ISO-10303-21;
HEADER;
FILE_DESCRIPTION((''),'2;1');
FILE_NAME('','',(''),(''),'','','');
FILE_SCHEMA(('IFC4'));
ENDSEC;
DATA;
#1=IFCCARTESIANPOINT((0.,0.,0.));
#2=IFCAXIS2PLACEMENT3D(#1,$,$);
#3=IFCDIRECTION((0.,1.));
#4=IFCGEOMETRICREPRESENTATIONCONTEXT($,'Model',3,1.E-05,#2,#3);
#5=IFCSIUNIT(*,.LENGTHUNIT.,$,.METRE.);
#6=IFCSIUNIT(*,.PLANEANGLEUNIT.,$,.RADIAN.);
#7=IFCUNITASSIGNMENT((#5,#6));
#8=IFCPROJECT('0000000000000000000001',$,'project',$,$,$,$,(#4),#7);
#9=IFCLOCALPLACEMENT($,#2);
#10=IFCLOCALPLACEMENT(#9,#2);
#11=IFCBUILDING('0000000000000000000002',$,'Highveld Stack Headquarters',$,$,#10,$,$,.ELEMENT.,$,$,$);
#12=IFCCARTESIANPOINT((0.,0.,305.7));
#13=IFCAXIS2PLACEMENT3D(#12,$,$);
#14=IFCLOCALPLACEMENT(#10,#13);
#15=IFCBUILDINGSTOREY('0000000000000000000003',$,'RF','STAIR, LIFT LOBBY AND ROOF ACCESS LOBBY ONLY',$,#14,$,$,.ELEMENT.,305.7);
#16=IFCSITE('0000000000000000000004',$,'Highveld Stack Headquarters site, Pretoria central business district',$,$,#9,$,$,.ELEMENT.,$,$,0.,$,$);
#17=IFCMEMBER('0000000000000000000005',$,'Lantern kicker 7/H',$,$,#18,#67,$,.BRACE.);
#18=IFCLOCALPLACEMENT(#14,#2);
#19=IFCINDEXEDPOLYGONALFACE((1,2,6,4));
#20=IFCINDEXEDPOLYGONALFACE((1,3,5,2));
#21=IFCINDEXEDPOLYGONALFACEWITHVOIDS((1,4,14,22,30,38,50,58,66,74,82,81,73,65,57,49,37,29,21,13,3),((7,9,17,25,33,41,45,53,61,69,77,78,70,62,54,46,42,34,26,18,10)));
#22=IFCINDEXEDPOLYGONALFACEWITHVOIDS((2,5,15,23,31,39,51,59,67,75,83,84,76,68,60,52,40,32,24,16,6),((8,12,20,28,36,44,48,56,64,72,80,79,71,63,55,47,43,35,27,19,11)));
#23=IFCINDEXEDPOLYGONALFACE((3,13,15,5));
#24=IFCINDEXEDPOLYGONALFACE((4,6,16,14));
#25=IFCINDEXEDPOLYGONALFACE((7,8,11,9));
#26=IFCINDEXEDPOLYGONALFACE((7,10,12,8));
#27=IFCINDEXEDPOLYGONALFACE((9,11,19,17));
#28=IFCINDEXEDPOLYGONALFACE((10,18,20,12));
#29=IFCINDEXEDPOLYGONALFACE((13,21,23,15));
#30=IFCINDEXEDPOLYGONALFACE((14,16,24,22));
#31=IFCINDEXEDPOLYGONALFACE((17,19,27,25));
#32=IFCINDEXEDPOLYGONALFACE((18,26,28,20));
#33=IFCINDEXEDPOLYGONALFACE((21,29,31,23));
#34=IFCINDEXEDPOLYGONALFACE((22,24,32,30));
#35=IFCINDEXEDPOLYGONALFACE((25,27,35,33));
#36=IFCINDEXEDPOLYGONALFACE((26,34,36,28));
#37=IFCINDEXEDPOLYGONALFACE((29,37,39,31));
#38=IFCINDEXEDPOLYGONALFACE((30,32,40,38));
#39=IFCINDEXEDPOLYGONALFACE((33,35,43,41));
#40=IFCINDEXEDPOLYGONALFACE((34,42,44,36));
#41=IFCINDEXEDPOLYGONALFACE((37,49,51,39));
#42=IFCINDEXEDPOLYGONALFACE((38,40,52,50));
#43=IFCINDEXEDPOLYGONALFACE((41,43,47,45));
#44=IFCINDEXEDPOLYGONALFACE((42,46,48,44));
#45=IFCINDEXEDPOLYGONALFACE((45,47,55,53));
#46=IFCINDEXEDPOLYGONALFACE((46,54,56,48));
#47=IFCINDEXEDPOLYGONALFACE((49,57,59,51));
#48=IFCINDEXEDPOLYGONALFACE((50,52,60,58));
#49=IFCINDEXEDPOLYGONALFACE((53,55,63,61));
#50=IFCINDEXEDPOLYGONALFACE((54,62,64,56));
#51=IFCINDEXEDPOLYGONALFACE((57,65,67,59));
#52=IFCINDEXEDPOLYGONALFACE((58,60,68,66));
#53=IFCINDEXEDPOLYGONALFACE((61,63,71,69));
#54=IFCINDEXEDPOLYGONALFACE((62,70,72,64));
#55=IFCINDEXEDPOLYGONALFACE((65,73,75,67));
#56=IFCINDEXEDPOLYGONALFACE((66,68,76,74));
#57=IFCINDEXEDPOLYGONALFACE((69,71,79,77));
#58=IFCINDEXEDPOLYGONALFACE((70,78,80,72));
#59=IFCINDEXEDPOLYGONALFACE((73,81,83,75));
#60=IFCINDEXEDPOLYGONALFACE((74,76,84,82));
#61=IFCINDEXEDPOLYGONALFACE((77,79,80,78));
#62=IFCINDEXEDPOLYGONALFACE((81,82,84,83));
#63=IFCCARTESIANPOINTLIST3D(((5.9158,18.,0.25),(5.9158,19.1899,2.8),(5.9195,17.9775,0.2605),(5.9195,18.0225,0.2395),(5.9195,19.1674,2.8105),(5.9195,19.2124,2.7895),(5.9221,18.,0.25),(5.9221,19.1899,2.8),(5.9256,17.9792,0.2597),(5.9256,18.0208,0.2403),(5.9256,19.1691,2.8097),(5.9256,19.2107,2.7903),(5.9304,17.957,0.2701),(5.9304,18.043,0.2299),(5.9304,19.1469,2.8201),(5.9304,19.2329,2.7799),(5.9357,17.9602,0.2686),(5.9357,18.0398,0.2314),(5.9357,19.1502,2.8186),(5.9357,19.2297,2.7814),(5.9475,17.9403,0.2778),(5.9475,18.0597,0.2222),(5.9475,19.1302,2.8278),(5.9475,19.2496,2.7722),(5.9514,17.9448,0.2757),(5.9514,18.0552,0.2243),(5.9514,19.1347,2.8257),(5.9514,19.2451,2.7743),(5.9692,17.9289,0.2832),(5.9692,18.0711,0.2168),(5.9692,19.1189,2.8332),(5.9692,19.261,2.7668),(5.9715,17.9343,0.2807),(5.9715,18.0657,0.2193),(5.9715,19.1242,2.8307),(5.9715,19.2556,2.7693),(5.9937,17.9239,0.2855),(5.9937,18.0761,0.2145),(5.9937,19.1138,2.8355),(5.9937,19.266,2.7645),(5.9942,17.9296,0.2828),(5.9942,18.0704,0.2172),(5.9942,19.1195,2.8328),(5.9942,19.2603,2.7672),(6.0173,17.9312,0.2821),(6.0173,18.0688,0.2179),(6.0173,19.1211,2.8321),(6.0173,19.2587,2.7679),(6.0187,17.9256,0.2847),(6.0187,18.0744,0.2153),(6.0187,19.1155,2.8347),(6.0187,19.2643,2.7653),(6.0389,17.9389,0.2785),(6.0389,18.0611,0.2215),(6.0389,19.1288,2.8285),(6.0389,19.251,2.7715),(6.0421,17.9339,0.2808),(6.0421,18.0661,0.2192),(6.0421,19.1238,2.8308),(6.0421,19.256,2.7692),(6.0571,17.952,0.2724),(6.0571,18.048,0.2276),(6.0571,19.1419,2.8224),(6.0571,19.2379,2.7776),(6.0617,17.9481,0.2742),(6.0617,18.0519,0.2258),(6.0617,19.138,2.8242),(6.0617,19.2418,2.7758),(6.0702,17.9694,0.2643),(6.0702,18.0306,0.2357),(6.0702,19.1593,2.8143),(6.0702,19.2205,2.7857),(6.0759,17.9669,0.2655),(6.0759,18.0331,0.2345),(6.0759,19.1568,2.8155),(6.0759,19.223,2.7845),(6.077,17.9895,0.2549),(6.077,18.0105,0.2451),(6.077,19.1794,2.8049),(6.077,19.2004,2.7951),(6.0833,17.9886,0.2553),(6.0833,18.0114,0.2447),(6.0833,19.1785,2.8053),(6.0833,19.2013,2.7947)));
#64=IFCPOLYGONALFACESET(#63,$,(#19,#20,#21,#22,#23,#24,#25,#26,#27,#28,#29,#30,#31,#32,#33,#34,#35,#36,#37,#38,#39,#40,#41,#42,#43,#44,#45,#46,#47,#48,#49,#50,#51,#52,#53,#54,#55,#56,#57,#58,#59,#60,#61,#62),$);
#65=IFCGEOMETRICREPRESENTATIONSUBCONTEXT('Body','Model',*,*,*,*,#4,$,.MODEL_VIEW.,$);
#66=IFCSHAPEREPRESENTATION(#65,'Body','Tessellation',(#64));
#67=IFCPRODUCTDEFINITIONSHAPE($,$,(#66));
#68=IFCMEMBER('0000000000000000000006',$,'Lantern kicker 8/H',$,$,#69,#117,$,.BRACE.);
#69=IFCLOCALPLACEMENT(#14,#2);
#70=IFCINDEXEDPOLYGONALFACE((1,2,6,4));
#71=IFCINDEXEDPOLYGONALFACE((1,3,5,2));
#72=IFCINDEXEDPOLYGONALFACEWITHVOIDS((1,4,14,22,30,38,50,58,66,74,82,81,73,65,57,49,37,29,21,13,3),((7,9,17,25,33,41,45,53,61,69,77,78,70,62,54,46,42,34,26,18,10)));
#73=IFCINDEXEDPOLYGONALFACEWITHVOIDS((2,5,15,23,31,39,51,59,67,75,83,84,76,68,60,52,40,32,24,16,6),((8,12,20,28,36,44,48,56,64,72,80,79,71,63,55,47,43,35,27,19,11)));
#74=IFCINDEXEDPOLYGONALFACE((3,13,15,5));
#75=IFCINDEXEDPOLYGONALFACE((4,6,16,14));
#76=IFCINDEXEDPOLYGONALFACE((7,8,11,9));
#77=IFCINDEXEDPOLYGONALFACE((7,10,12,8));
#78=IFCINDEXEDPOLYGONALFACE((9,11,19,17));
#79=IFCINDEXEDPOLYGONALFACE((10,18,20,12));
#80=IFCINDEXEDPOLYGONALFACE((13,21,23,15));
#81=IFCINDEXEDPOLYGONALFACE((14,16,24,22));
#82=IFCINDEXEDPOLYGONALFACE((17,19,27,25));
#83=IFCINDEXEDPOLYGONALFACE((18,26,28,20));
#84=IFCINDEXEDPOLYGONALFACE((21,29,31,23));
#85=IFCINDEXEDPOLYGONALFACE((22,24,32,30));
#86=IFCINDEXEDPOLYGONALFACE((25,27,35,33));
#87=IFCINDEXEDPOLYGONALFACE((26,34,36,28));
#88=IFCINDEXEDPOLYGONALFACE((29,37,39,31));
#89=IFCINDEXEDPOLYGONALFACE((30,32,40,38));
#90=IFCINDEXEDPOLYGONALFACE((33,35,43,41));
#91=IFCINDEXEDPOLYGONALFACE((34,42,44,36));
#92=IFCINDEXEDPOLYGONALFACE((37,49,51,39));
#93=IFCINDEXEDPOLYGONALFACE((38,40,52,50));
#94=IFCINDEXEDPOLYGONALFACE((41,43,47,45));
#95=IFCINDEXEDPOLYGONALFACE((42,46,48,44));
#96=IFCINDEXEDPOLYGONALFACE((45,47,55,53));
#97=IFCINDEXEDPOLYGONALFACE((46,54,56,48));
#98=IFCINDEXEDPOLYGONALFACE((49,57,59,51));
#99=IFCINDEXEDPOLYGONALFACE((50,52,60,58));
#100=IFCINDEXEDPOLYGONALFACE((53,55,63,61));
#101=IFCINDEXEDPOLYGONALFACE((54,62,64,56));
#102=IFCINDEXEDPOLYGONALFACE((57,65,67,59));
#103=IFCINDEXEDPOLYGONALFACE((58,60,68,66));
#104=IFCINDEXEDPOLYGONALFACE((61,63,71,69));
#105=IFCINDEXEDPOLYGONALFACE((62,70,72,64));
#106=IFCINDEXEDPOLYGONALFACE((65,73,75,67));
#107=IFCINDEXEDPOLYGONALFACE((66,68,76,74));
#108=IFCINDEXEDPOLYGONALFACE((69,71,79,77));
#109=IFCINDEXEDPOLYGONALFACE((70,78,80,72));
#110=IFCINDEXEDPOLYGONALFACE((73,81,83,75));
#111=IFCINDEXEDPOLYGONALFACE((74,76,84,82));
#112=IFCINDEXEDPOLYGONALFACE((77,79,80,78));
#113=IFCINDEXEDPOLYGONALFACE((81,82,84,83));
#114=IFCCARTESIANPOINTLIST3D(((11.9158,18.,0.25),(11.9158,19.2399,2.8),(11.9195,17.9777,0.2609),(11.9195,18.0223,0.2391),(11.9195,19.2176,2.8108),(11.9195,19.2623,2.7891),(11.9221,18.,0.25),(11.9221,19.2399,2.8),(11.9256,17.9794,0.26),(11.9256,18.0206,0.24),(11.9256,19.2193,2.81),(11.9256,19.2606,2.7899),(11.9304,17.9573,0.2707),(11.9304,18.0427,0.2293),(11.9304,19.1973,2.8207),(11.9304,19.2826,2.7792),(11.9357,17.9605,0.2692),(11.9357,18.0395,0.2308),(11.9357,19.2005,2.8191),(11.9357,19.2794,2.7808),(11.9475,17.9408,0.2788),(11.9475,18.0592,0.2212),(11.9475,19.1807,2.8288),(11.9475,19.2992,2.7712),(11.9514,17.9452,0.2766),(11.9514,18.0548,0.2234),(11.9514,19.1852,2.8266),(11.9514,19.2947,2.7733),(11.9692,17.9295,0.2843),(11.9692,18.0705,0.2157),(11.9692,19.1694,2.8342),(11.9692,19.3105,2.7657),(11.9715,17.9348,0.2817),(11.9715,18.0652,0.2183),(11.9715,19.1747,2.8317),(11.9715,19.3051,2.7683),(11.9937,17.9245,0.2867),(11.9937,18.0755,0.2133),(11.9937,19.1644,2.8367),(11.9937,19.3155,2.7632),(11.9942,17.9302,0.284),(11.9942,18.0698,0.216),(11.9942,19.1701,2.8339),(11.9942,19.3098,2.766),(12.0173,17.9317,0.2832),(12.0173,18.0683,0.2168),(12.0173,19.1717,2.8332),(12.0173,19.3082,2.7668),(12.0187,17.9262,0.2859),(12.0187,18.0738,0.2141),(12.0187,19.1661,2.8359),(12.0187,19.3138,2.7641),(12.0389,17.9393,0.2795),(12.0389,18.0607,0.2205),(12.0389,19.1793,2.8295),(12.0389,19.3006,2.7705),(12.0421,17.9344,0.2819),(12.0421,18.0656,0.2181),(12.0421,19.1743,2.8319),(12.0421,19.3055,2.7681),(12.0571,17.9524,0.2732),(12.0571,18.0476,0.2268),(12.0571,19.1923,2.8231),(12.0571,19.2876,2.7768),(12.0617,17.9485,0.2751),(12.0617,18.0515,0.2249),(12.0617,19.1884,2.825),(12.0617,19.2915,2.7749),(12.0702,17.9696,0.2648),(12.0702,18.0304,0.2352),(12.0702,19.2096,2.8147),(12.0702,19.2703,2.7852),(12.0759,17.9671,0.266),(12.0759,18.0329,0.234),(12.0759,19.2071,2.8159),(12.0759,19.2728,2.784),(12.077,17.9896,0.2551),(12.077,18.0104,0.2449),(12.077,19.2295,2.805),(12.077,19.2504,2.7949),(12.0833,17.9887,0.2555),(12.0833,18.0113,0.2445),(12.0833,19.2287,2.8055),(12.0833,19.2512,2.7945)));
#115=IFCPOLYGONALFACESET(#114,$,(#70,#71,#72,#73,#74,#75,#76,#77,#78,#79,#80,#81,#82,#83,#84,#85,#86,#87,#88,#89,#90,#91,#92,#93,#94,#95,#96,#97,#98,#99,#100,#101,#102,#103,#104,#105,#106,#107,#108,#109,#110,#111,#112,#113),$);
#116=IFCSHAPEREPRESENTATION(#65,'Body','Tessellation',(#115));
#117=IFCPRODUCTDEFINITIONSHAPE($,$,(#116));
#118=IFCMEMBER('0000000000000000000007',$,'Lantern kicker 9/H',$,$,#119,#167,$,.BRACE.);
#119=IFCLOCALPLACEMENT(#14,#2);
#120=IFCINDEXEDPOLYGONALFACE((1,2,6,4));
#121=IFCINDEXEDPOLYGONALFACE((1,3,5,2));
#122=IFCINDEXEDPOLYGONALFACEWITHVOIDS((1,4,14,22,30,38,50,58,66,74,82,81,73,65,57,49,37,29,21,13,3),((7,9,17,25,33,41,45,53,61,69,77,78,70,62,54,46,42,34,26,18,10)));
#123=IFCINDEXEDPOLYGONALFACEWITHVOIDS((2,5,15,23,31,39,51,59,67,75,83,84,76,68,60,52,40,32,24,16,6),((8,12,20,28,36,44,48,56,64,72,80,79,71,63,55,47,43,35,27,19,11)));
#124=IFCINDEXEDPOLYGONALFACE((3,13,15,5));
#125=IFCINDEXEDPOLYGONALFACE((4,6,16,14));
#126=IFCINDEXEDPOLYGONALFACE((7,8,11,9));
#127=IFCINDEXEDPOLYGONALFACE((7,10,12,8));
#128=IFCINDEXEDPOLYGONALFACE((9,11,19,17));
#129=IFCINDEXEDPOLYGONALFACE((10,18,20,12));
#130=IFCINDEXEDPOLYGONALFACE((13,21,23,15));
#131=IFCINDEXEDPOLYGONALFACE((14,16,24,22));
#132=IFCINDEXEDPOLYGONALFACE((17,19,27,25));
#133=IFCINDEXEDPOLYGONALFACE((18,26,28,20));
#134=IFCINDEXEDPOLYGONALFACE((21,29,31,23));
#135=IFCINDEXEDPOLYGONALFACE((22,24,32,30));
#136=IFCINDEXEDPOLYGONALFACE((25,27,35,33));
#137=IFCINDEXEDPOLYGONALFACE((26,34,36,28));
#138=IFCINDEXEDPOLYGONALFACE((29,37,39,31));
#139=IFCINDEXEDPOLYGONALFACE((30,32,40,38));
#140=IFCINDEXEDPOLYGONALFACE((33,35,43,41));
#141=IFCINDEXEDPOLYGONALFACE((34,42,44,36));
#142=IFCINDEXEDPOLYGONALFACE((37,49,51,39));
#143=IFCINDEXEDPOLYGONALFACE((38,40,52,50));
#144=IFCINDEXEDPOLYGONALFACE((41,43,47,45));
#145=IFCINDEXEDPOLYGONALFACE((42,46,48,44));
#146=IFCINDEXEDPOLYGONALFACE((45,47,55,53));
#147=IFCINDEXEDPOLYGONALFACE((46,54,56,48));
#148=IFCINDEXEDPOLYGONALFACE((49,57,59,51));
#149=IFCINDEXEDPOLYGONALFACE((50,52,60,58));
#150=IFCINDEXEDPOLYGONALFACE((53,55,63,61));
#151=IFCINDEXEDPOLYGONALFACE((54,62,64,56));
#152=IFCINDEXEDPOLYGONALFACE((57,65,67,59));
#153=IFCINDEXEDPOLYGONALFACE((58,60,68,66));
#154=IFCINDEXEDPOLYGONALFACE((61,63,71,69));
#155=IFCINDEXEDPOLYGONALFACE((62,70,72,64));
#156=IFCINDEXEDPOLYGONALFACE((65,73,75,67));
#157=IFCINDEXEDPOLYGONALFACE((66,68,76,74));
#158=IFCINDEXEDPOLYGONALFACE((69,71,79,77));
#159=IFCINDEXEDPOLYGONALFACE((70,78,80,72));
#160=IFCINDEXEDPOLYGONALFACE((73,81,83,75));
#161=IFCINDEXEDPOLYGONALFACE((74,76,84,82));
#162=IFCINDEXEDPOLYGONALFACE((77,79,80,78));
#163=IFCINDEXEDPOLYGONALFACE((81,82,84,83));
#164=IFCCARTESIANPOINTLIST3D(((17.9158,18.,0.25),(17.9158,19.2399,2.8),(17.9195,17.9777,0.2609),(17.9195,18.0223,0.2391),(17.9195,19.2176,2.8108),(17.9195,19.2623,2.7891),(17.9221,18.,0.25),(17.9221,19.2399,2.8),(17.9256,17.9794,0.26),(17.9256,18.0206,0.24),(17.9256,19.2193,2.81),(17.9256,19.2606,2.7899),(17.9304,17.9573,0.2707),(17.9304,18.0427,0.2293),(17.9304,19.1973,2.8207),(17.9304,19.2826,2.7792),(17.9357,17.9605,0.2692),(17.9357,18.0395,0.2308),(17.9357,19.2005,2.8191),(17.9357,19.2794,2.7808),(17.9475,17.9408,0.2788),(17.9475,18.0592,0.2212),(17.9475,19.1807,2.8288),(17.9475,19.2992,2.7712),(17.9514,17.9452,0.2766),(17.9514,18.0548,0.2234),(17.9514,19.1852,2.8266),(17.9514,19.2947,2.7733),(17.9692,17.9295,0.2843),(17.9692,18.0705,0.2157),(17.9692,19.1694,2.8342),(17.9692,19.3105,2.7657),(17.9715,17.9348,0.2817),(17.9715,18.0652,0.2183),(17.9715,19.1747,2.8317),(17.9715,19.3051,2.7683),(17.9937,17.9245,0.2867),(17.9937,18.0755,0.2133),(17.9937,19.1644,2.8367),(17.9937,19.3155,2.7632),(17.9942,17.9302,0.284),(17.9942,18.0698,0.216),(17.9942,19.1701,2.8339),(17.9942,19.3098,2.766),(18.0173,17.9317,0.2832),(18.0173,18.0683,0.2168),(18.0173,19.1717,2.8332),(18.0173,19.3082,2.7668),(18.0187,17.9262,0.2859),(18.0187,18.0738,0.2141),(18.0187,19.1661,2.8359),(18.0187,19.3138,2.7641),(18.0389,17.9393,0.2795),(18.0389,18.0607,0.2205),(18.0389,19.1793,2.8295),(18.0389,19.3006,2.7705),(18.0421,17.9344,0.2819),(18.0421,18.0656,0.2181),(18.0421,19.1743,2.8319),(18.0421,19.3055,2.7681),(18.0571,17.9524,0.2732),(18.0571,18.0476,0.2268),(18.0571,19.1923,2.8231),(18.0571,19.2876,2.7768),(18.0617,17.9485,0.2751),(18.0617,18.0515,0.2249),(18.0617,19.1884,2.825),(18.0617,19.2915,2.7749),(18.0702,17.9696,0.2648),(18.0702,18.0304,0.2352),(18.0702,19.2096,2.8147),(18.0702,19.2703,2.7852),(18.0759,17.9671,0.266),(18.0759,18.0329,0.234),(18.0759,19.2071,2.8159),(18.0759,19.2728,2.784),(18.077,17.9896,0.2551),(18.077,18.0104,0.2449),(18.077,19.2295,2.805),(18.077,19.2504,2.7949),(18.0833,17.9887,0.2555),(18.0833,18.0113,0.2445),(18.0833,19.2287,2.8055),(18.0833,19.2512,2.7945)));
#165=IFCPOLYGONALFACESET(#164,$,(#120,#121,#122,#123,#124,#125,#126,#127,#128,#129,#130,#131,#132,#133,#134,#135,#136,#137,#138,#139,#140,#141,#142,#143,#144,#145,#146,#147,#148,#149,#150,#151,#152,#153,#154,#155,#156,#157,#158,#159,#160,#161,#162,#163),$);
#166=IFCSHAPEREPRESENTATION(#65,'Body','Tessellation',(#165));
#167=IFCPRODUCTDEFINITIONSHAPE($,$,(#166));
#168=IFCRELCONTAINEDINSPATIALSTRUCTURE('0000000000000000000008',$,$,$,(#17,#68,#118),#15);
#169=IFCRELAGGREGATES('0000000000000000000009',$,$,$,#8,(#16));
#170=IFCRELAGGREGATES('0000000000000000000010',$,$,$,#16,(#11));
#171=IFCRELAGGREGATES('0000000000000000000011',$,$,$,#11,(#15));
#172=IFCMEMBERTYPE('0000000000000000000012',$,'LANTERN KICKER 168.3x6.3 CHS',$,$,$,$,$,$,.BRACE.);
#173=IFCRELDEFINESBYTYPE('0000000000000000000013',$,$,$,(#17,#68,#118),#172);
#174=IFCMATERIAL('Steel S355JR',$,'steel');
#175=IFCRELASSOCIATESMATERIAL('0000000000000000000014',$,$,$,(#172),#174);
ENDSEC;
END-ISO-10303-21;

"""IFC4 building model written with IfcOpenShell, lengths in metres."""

from ifc_helpers import new_model, si_unit, direction, frame, origin, origin_2d, place, context, subcontext, project, spatial, hollow_circle, extrude, material, material_profile, profile_set, type_object, element, save


model = new_model("IFC4")

# Units and contexts
model_context = context("Model", 3, precision=1e-05, world=origin(), true_north=direction((0.0, 1.0)))
body_context = subcontext(model_context, "Body", "Model", "MODEL_VIEW")
ifc_project = project(units=[si_unit("LENGTHUNIT", "METRE"), si_unit("PLANEANGLEUNIT", "RADIAN")], contexts=[model_context])

# Site, building, storey
site_placement = place(None, origin())
site = spatial("IfcSite", under=ifc_project, at=site_placement, Name="Highveld Stack Headquarters site, Pretoria central business district", CompositionType="ELEMENT", RefElevation=0.0)
building_placement = place(site_placement, origin())
building = spatial("IfcBuilding", under=site, at=building_placement, Name="Highveld Stack Headquarters", CompositionType="ELEMENT")
storey_placement = place(building_placement, frame((0.0, 0.0, 305.7)))
storey = spatial("IfcBuildingStorey", under=building, at=storey_placement, Name="RF", Description="STAIR, LIFT LOBBY AND ROOF ACCESS LOBBY ONLY", CompositionType="ELEMENT", Elevation=305.7)

# Members
ifc_material_1 = material(Name="Steel S355JR", Category="steel")
ifc_material_profile_1 = material_profile(ifc_material_1, hollow_circle(Radius=0.0842, WallThickness=0.0063, at=origin_2d()), Name="168.3x6.3 CHS")
ifc_profile_set_1 = profile_set([ifc_material_profile_1], Name="Steel S355JR")
member_type = type_object("IfcMemberType", Name="LANTERN KICKER 168.3x6.3 CHS", PredefinedType="BRACE", material=ifc_profile_set_1)
member_placement = place(storey_placement, frame((6.0, 18.0, 0.25), z_axis=(0.0, 0.422862, 0.906194), x_axis=(-1.0, 0.0, 0.0)))
element("IfcMember", 1, at=member_placement, inside=storey, type_object=member_type, Name="Lantern kicker 7/H", PredefinedType="BRACE", context=body_context, shape_type="SweptSolid", body=[
    extrude(hollow_circle(Radius=0.0842, WallThickness=0.0063, at=origin_2d()), origin(), (0.0, 0.0, 1.0), 2.814),
])
for number, where, z_axis, x_axis, name in (
    (2, (12.0, 18.0, 0.25), (0.0, 0.437302, 0.899315), (-1.0, 0.0, 0.0), "Lantern kicker 8/H"),
    (3, (18.0, 18.0, 0.25), (0.0, 0.437302, 0.899315), (-1.0, 0.0, 0.0), "Lantern kicker 9/H"),
):
    element("IfcMember", number, at=place(storey_placement, frame(where, z_axis=z_axis, x_axis=x_axis)), inside=storey, type_object=member_type, Name=name, PredefinedType="BRACE", context=body_context, shape_type="SweptSolid", body=[
        extrude(hollow_circle(Radius=0.0842, WallThickness=0.0063, at=origin_2d()), origin(), (0.0, 0.0, 1.0), 2.8354),
    ])

save(model, "model.ifc")
